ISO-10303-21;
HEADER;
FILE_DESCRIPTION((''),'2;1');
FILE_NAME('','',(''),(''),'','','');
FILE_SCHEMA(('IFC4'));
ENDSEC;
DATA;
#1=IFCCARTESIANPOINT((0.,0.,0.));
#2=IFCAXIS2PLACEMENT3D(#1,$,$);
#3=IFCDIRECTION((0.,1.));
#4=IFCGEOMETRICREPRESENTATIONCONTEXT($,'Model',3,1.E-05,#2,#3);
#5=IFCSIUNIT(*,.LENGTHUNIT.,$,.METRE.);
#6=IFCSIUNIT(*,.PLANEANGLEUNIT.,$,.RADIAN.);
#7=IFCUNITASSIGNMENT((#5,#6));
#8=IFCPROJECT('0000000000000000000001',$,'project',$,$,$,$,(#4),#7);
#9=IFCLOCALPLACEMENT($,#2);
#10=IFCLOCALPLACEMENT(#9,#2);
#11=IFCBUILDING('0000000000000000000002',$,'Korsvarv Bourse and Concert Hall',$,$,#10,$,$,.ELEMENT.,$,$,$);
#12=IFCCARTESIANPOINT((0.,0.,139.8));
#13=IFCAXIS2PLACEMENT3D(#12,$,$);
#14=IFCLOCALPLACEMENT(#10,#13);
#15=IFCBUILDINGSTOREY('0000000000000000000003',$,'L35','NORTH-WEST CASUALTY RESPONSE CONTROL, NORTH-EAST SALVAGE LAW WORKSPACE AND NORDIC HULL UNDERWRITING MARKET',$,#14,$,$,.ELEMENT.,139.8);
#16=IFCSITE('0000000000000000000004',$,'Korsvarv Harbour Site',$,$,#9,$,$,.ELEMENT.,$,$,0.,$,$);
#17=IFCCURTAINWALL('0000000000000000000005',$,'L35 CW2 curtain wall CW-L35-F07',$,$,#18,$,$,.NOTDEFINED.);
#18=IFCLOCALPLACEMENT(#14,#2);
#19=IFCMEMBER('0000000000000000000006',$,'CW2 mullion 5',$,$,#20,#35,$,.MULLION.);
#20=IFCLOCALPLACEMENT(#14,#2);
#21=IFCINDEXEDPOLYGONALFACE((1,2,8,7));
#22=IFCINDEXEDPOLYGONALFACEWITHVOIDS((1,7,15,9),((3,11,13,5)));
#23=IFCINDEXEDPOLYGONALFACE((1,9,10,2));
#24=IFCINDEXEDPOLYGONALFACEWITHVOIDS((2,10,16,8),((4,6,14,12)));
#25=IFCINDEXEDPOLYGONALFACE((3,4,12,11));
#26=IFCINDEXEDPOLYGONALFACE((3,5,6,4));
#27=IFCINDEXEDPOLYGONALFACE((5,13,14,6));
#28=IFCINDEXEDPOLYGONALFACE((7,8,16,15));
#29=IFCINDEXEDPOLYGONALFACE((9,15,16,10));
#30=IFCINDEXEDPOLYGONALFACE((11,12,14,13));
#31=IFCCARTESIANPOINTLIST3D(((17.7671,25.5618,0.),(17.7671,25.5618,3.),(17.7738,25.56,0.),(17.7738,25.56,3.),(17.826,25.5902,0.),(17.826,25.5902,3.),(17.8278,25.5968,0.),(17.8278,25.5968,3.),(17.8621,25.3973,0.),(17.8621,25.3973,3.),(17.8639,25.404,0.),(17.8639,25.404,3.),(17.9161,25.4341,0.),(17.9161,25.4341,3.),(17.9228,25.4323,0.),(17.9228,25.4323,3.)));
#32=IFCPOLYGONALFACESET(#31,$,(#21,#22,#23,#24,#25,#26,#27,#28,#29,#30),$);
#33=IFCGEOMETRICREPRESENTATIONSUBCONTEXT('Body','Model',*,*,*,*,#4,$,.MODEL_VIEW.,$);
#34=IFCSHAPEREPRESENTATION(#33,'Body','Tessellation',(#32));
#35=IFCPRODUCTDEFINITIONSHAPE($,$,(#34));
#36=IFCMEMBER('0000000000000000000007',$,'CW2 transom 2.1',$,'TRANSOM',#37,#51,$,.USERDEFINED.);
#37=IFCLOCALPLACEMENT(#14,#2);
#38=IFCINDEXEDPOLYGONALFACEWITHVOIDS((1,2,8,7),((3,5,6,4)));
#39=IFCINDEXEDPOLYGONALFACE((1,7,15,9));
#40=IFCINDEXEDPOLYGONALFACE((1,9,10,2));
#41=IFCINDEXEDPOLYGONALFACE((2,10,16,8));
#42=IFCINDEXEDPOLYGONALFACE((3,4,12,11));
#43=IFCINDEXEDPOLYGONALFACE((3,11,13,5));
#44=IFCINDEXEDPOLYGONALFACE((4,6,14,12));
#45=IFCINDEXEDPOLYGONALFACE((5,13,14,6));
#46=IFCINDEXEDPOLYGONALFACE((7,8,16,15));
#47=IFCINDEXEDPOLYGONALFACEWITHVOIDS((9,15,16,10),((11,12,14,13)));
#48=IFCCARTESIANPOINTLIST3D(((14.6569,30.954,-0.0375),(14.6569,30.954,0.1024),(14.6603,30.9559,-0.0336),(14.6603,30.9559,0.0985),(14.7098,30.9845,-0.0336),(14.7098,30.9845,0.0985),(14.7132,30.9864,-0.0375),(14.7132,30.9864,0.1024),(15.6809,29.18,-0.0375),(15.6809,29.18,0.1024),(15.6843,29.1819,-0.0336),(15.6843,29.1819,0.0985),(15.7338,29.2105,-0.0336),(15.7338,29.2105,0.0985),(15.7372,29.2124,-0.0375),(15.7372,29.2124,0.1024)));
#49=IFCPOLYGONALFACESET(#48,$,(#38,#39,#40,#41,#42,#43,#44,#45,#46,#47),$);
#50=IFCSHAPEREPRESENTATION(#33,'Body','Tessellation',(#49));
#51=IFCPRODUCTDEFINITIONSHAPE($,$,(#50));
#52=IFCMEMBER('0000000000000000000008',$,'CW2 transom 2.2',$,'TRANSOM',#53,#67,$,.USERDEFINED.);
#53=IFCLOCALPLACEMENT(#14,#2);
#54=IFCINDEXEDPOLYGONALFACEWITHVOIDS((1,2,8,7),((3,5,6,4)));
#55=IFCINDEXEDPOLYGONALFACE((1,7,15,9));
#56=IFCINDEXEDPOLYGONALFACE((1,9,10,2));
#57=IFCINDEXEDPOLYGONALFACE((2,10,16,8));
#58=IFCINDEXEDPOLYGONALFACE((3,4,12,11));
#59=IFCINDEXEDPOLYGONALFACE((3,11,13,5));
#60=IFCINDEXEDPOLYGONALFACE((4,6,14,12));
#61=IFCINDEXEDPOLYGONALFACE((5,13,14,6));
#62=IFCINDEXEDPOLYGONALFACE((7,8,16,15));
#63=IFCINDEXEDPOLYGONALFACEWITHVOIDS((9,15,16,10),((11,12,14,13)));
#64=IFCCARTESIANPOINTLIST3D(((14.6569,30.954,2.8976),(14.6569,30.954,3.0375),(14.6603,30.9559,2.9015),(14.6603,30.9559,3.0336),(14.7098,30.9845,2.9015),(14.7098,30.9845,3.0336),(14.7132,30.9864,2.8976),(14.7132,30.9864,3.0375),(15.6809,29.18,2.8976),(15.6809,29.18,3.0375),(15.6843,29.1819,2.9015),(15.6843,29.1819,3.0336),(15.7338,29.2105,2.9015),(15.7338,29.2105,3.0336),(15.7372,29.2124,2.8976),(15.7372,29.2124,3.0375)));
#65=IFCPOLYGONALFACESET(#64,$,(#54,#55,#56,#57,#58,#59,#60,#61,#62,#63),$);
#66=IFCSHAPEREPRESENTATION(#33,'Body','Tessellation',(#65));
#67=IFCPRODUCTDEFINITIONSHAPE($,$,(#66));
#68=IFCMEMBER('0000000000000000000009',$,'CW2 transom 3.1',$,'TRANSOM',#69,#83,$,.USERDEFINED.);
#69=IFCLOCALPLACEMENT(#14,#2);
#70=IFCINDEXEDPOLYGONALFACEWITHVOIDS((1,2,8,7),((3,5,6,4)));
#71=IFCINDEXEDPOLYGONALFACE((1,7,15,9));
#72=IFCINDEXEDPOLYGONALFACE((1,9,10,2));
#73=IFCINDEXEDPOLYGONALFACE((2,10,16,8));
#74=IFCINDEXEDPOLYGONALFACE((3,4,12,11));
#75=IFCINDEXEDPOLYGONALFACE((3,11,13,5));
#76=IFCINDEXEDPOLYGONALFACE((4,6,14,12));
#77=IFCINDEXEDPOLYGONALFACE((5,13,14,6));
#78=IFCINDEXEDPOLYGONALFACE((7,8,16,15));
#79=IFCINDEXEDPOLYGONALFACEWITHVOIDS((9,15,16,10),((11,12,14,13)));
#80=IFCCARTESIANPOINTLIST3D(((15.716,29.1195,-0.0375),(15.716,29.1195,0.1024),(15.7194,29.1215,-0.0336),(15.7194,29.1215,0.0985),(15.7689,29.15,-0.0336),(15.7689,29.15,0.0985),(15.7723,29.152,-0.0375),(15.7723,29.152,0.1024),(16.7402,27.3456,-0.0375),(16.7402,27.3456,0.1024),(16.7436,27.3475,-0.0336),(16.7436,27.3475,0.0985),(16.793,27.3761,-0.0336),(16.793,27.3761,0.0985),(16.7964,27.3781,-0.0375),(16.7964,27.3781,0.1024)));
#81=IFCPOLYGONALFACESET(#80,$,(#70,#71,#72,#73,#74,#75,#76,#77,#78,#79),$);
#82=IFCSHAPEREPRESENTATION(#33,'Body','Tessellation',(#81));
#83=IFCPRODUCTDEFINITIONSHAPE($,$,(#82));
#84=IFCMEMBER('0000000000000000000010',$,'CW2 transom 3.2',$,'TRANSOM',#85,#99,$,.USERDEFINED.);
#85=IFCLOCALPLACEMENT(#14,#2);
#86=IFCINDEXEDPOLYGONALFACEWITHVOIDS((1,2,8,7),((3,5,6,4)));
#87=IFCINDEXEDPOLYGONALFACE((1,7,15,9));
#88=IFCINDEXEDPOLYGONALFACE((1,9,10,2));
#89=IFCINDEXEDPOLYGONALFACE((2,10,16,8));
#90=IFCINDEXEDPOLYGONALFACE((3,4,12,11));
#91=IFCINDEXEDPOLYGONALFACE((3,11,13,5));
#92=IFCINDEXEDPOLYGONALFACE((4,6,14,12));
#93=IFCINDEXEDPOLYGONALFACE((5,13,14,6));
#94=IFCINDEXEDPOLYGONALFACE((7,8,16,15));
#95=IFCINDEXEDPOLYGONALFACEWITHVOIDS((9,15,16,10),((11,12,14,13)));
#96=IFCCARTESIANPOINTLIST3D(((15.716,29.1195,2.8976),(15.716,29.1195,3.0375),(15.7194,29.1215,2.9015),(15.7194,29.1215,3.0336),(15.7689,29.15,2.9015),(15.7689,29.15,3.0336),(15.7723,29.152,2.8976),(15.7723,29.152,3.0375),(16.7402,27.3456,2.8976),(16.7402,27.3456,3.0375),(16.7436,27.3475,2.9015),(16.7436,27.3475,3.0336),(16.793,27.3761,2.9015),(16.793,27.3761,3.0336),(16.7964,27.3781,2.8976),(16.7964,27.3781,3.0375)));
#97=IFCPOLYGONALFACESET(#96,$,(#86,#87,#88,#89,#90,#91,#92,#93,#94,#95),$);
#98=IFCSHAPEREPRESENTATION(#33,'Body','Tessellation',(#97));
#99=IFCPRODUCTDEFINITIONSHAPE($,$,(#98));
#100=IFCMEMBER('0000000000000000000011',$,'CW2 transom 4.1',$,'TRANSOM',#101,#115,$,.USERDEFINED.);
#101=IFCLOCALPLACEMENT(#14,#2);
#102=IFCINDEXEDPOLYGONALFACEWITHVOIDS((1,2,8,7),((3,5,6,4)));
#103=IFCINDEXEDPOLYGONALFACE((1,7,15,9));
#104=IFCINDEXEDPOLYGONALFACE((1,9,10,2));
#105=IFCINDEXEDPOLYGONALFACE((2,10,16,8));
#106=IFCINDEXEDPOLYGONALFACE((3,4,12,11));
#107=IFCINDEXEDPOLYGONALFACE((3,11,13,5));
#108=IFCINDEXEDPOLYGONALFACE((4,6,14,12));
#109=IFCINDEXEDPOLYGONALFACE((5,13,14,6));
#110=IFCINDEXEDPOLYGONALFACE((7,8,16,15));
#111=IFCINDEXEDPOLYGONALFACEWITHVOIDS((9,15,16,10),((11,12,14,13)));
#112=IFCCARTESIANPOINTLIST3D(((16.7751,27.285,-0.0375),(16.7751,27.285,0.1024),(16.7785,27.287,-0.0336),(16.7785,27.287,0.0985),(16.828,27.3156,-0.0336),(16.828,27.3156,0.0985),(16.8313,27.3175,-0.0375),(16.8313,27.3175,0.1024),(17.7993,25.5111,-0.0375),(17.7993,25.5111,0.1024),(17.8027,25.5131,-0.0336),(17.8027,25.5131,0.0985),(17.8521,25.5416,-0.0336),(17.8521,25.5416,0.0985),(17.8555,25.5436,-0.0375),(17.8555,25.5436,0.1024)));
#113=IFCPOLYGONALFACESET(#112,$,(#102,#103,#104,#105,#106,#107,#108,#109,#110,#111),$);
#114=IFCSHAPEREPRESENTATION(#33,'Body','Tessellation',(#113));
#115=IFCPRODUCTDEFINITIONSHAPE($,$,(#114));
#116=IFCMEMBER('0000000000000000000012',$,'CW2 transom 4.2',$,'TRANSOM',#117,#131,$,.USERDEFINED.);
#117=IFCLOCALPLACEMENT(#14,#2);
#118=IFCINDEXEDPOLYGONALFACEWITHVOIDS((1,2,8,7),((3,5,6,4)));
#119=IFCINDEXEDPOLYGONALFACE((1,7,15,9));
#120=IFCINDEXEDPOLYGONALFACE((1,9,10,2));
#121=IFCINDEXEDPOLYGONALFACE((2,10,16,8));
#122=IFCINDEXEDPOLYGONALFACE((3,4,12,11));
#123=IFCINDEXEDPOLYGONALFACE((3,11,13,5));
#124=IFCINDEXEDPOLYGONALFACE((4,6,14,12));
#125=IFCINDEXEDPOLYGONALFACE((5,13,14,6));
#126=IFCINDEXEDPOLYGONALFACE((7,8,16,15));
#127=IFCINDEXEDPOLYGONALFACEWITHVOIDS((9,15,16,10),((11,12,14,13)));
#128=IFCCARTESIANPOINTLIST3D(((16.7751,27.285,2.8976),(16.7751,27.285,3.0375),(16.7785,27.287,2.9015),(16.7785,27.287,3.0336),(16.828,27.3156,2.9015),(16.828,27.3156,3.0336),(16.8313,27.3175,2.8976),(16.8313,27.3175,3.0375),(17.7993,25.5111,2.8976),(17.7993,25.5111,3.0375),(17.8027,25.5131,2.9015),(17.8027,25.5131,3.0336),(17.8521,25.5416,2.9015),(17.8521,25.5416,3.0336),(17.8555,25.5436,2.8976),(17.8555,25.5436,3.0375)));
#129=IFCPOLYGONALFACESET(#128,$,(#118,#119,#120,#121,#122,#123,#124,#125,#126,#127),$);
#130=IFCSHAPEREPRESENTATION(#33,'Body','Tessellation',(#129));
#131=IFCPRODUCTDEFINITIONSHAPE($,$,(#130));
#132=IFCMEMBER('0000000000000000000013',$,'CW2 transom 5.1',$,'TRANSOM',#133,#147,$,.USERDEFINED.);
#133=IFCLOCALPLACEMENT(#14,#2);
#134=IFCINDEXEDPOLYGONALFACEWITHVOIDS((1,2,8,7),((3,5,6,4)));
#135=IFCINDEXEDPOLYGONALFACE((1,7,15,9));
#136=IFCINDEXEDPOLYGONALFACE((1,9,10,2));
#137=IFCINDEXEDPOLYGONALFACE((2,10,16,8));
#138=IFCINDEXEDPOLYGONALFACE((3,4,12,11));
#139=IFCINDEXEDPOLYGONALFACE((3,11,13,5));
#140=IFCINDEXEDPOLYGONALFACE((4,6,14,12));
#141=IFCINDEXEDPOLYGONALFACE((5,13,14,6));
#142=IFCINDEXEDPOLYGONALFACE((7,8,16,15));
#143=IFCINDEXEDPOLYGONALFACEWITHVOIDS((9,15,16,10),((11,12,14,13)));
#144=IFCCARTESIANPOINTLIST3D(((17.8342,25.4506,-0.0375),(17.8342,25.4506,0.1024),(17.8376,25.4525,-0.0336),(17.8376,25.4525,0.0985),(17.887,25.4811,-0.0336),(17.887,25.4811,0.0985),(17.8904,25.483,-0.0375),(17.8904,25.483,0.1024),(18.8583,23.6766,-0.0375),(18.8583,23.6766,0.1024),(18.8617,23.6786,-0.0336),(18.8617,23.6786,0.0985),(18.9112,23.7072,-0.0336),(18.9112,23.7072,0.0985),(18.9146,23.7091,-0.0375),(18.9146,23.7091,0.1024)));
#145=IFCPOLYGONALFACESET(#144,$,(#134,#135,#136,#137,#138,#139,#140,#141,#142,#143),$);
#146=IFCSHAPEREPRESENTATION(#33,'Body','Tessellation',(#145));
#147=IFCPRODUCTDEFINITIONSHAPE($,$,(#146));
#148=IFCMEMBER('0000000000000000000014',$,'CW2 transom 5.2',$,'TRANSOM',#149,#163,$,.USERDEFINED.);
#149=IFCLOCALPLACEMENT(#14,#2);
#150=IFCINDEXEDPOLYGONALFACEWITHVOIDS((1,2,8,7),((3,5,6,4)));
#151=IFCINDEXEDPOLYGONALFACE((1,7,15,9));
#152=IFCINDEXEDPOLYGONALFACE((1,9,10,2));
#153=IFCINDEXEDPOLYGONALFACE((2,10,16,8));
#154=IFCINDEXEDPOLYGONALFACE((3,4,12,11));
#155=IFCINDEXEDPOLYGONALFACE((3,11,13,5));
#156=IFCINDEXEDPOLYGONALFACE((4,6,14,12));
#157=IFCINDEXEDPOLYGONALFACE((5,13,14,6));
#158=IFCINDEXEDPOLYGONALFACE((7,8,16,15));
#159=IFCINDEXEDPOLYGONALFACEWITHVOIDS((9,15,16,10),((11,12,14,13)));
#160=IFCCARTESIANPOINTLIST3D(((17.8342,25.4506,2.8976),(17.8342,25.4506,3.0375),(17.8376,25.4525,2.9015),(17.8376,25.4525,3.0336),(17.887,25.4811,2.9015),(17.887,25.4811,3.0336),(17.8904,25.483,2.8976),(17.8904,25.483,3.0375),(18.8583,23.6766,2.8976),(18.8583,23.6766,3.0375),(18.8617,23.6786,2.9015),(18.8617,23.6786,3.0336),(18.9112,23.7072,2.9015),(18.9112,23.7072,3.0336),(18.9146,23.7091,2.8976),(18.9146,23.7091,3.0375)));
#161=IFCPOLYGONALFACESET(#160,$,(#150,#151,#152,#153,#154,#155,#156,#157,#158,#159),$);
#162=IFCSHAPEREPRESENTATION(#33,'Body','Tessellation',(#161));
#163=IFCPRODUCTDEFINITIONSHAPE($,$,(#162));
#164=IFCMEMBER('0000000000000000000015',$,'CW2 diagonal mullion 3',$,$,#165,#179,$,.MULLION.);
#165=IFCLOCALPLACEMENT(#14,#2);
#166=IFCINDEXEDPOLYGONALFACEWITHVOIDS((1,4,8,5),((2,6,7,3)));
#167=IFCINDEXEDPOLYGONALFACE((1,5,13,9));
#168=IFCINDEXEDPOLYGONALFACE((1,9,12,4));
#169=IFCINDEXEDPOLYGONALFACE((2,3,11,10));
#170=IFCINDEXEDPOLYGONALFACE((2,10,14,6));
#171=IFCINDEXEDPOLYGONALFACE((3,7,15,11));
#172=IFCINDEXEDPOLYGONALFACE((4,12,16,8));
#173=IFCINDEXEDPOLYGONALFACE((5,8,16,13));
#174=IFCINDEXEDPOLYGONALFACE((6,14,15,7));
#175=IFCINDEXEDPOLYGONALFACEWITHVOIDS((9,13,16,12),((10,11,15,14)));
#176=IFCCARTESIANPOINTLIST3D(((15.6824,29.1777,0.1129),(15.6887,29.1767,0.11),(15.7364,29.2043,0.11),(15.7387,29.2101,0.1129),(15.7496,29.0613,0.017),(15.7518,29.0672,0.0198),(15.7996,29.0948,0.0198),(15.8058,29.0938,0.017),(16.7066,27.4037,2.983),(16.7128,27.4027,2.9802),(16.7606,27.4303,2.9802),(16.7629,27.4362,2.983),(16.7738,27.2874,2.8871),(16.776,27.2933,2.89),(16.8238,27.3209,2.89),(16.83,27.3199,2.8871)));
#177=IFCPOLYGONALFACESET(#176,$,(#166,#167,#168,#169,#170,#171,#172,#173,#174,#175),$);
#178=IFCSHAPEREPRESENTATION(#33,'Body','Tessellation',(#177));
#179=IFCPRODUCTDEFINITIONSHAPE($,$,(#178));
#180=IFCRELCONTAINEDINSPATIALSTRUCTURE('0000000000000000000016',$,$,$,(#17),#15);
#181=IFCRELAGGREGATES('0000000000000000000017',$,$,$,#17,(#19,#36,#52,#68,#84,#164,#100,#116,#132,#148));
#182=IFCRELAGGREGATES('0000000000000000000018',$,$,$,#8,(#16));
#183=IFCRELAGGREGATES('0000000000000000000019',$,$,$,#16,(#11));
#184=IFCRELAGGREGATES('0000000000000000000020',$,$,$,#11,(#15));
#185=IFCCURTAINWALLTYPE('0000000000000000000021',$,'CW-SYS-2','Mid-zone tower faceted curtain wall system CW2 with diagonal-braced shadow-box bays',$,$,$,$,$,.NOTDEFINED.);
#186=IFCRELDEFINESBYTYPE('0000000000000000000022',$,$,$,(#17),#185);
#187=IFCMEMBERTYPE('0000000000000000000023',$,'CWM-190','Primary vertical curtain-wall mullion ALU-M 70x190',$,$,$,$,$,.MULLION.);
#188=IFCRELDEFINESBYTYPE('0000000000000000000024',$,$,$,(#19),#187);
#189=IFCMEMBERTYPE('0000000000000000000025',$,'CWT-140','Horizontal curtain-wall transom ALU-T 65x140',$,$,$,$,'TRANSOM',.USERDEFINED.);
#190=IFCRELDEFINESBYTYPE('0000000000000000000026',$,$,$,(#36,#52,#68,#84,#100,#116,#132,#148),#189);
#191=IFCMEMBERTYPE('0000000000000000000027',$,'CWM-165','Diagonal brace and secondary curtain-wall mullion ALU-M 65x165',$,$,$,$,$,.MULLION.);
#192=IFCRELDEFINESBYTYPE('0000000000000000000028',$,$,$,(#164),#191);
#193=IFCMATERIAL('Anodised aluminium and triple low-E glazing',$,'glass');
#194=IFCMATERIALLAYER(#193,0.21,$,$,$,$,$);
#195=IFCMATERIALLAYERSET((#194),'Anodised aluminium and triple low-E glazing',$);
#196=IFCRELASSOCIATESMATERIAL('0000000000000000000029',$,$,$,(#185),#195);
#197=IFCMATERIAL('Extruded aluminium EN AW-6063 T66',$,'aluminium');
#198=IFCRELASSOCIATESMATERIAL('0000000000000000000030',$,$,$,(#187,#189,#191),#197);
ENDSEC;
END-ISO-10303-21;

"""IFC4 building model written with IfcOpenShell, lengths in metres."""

from ifc_helpers import new_model, si_unit, direction, frame, origin, origin_2d, place, context, subcontext, project, spatial, hollow_rectangle, extrude, source, transform, mapped, material, layer, layer_set, material_profile, profile_set, type_object, element, aggregate, save


model = new_model("IFC4")

# Units and contexts
model_context = context("Model", 3, precision=1e-05, world=origin(), true_north=direction((0.0, 1.0)))
body_context = subcontext(model_context, "Body", "Model", "MODEL_VIEW")
ifc_project = project(units=[si_unit("LENGTHUNIT", "METRE"), si_unit("PLANEANGLEUNIT", "RADIAN")], contexts=[model_context])

# Site, building, storey
site_placement = place(None, origin())
site = spatial("IfcSite", under=ifc_project, at=site_placement, Name="Korsvarv Harbour Site", CompositionType="ELEMENT", RefElevation=0.0)
building_placement = place(site_placement, origin())
building = spatial("IfcBuilding", under=site, at=building_placement, Name="Korsvarv Bourse and Concert Hall", CompositionType="ELEMENT")
storey_placement = place(building_placement, frame((0.0, 0.0, 139.8)))
storey = spatial("IfcBuildingStorey", under=building, at=storey_placement, Name="L35", Description="NORTH-WEST CASUALTY RESPONSE CONTROL, NORTH-EAST SALVAGE LAW WORKSPACE AND NORDIC HULL UNDERWRITING MARKET", CompositionType="ELEMENT", Elevation=139.8)

# Curtain wall, members
ifc_material_1 = material(Name="Anodised aluminium and triple low-E glazing", Category="glass")
ifc_layer_1 = layer(ifc_material_1, 0.21)
ifc_layer_set_1 = layer_set([ifc_layer_1], Name="Anodised aluminium and triple low-E glazing")
curtain_wall_type = type_object("IfcCurtainWallType", Name="CW-SYS-2", Description="Mid-zone tower faceted curtain wall system CW2 with diagonal-braced shadow-box bays", PredefinedType="NOTDEFINED", material=ifc_layer_set_1)
curtain_wall_placement = place(storey_placement, origin())
curtain_wall = element("IfcCurtainWall", 1, at=curtain_wall_placement, inside=storey, type_object=curtain_wall_type, Name="L35 CW2 curtain wall CW-L35-F07", PredefinedType="NOTDEFINED")
ifc_material_2 = material(Name="Extruded aluminium EN AW-6063 T66", Category="aluminium")
ifc_material_profile_1 = material_profile(ifc_material_2, hollow_rectangle(XDim=0.0701, YDim=0.1899, WallThickness=0.0049, at=origin_2d()), Name="ALU-M 70x190")
ifc_profile_set_1 = profile_set([ifc_material_profile_1], Name="Extruded aluminium EN AW-6063 T66")
member_type_1 = type_object("IfcMemberType", Name="CWM-190", Description="Primary vertical curtain-wall mullion ALU-M 70x190", PredefinedType="MULLION", material=ifc_profile_set_1)
shared_shape_1 = source(origin(), body_context, "Body", "SweptSolid", [
    extrude(hollow_rectangle(XDim=0.0701, YDim=0.1899, WallThickness=0.0049, at=origin_2d()), origin(), (0.0, 0.0, 1.0), 3.0),
])
member_1_placement = place(storey_placement, frame((17.845, 25.4971, 0.0), z_axis=(0.0, 0.0, 1.0), x_axis=(0.866025, 0.5, 0.0)))
member_1 = element("IfcMember", 2, at=member_1_placement, type_object=member_type_1, Name="CW2 mullion 5", PredefinedType="MULLION", context=body_context, shape_type="MappedRepresentation", body=[
    mapped(shared_shape_1, transform((0.0, 0.0, 0.0), scale=1.0)),
])
ifc_material_profile_2 = material_profile(ifc_material_2, hollow_rectangle(XDim=0.0649, YDim=0.1399, WallThickness=0.0039, at=origin_2d()), Name="ALU-T 65x140")
ifc_profile_set_2 = profile_set([ifc_material_profile_2], Name="Extruded aluminium EN AW-6063 T66")
member_type_2 = type_object("IfcMemberType", Name="CWT-140", Description="Horizontal curtain-wall transom ALU-T 65x140", ElementType="TRANSOM", PredefinedType="USERDEFINED", material=ifc_profile_set_2)
shared_shape_2 = source(origin(), body_context, "Body", "SweptSolid", [
    extrude(hollow_rectangle(XDim=0.0649, YDim=0.1399, WallThickness=0.0039, at=origin_2d()), origin(), (0.0, 0.0, 1.0), 2.0483),
])
member_2_placement = place(storey_placement, frame((14.6851, 30.9702, 0.0325), z_axis=(0.499908, -0.866078, 0.0), x_axis=(0.866078, 0.499908, 0.0)))
member_2 = element("IfcMember", 3, at=member_2_placement, type_object=member_type_2, Name="CW2 transom 2.1", ObjectType="TRANSOM", PredefinedType="USERDEFINED", context=body_context, shape_type="MappedRepresentation", body=[
    mapped(shared_shape_2, transform((0.0, 0.0, 0.0), scale=1.0)),
])
member_3_placement = place(storey_placement, frame((14.6851, 30.9702, 2.9675), z_axis=(0.499908, -0.866078, 0.0), x_axis=(0.866078, 0.499908, 0.0)))
member_3 = element("IfcMember", 4, at=member_3_placement, type_object=member_type_2, Name="CW2 transom 2.2", ObjectType="TRANSOM", PredefinedType="USERDEFINED", context=body_context, shape_type="MappedRepresentation", body=[
    mapped(shared_shape_2, transform((0.0, 0.0, 0.0), scale=1.0)),
])
member_4_placement = place(storey_placement, frame((15.7441, 29.1357, 0.0325), z_axis=(0.499998, -0.866027, 0.0), x_axis=(0.866027, 0.499998, 0.0)))
member_4 = element("IfcMember", 5, at=member_4_placement, type_object=member_type_2, Name="CW2 transom 3.1", ObjectType="TRANSOM", PredefinedType="USERDEFINED", context=body_context, shape_type="MappedRepresentation", body=[
    mapped(shared_shape_2, transform((0.0, 0.0, 0.0), scale=1.0)),
])
member_5_placement = place(storey_placement, frame((15.7441, 29.1357, 2.9675), z_axis=(0.499998, -0.866027, 0.0), x_axis=(0.866027, 0.499998, 0.0)))
member_5 = element("IfcMember", 6, at=member_5_placement, type_object=member_type_2, Name="CW2 transom 3.2", ObjectType="TRANSOM", PredefinedType="USERDEFINED", context=body_context, shape_type="MappedRepresentation", body=[
    mapped(shared_shape_2, transform((0.0, 0.0, 0.0), scale=1.0)),
])
member_6_placement = place(storey_placement, frame((16.8032, 27.3013, 0.0325), z_axis=(0.499998, -0.866027, 0.0), x_axis=(0.866027, 0.499998, 0.0)))
member_6 = element("IfcMember", 7, at=member_6_placement, type_object=member_type_2, Name="CW2 transom 4.1", ObjectType="TRANSOM", PredefinedType="USERDEFINED", context=body_context, shape_type="MappedRepresentation", body=[
    mapped(shared_shape_2, transform((0.0, 0.0, 0.0), scale=1.0)),
])
member_7_placement = place(storey_placement, frame((16.8032, 27.3013, 2.9675), z_axis=(0.499998, -0.866027, 0.0), x_axis=(0.866027, 0.499998, 0.0)))
member_7 = element("IfcMember", 8, at=member_7_placement, type_object=member_type_2, Name="CW2 transom 4.2", ObjectType="TRANSOM", PredefinedType="USERDEFINED", context=body_context, shape_type="MappedRepresentation", body=[
    mapped(shared_shape_2, transform((0.0, 0.0, 0.0), scale=1.0)),
])
member_8_placement = place(storey_placement, frame((17.8623, 25.4668, 0.0325), z_axis=(0.499998, -0.866027, 0.0), x_axis=(0.866027, 0.499998, 0.0)))
member_8 = element("IfcMember", 9, at=member_8_placement, type_object=member_type_2, Name="CW2 transom 5.1", ObjectType="TRANSOM", PredefinedType="USERDEFINED", context=body_context, shape_type="MappedRepresentation", body=[
    mapped(shared_shape_2, transform((0.0, 0.0, 0.0), scale=1.0)),
])
member_9_placement = place(storey_placement, frame((17.8623, 25.4668, 2.9675), z_axis=(0.499998, -0.866027, 0.0), x_axis=(0.866027, 0.499998, 0.0)))
member_9 = element("IfcMember", 10, at=member_9_placement, type_object=member_type_2, Name="CW2 transom 5.2", ObjectType="TRANSOM", PredefinedType="USERDEFINED", context=body_context, shape_type="MappedRepresentation", body=[
    mapped(shared_shape_2, transform((0.0, 0.0, 0.0), scale=1.0)),
])
ifc_material_profile_3 = material_profile(ifc_material_2, hollow_rectangle(XDim=0.0649, YDim=0.165, WallThickness=0.0049, at=origin_2d()), Name="ALU-M 65x165")
ifc_profile_set_3 = profile_set([ifc_material_profile_3], Name="Extruded aluminium EN AW-6063 T66")
member_type_3 = type_object("IfcMemberType", Name="CWM-165", Description="Diagonal brace and secondary curtain-wall mullion ALU-M 65x165", PredefinedType="MULLION", material=ifc_profile_set_3)
shared_shape_3 = source(origin(), body_context, "Body", "SweptSolid", [
    extrude(hollow_rectangle(XDim=0.0649, YDim=0.165, WallThickness=0.0049, at=origin_2d()), origin(), (0.0, 0.0, 1.0), 3.5261),
])
member_10_placement = place(storey_placement, frame((15.7441, 29.1357, 0.0649), z_axis=(0.290455, -0.503086, 0.813966), x_axis=(0.866027, 0.499998, 0.0)))
member_10 = element("IfcMember", 11, at=member_10_placement, type_object=member_type_3, Name="CW2 diagonal mullion 3", PredefinedType="MULLION", context=body_context, shape_type="MappedRepresentation", body=[
    mapped(shared_shape_3, transform((0.0, 0.0, 0.0), scale=1.0)),
])
aggregate(curtain_wall, [member_1, member_2, member_3, member_4, member_5, member_10, member_6, member_7, member_8, member_9])

save(model, "model.ifc")
